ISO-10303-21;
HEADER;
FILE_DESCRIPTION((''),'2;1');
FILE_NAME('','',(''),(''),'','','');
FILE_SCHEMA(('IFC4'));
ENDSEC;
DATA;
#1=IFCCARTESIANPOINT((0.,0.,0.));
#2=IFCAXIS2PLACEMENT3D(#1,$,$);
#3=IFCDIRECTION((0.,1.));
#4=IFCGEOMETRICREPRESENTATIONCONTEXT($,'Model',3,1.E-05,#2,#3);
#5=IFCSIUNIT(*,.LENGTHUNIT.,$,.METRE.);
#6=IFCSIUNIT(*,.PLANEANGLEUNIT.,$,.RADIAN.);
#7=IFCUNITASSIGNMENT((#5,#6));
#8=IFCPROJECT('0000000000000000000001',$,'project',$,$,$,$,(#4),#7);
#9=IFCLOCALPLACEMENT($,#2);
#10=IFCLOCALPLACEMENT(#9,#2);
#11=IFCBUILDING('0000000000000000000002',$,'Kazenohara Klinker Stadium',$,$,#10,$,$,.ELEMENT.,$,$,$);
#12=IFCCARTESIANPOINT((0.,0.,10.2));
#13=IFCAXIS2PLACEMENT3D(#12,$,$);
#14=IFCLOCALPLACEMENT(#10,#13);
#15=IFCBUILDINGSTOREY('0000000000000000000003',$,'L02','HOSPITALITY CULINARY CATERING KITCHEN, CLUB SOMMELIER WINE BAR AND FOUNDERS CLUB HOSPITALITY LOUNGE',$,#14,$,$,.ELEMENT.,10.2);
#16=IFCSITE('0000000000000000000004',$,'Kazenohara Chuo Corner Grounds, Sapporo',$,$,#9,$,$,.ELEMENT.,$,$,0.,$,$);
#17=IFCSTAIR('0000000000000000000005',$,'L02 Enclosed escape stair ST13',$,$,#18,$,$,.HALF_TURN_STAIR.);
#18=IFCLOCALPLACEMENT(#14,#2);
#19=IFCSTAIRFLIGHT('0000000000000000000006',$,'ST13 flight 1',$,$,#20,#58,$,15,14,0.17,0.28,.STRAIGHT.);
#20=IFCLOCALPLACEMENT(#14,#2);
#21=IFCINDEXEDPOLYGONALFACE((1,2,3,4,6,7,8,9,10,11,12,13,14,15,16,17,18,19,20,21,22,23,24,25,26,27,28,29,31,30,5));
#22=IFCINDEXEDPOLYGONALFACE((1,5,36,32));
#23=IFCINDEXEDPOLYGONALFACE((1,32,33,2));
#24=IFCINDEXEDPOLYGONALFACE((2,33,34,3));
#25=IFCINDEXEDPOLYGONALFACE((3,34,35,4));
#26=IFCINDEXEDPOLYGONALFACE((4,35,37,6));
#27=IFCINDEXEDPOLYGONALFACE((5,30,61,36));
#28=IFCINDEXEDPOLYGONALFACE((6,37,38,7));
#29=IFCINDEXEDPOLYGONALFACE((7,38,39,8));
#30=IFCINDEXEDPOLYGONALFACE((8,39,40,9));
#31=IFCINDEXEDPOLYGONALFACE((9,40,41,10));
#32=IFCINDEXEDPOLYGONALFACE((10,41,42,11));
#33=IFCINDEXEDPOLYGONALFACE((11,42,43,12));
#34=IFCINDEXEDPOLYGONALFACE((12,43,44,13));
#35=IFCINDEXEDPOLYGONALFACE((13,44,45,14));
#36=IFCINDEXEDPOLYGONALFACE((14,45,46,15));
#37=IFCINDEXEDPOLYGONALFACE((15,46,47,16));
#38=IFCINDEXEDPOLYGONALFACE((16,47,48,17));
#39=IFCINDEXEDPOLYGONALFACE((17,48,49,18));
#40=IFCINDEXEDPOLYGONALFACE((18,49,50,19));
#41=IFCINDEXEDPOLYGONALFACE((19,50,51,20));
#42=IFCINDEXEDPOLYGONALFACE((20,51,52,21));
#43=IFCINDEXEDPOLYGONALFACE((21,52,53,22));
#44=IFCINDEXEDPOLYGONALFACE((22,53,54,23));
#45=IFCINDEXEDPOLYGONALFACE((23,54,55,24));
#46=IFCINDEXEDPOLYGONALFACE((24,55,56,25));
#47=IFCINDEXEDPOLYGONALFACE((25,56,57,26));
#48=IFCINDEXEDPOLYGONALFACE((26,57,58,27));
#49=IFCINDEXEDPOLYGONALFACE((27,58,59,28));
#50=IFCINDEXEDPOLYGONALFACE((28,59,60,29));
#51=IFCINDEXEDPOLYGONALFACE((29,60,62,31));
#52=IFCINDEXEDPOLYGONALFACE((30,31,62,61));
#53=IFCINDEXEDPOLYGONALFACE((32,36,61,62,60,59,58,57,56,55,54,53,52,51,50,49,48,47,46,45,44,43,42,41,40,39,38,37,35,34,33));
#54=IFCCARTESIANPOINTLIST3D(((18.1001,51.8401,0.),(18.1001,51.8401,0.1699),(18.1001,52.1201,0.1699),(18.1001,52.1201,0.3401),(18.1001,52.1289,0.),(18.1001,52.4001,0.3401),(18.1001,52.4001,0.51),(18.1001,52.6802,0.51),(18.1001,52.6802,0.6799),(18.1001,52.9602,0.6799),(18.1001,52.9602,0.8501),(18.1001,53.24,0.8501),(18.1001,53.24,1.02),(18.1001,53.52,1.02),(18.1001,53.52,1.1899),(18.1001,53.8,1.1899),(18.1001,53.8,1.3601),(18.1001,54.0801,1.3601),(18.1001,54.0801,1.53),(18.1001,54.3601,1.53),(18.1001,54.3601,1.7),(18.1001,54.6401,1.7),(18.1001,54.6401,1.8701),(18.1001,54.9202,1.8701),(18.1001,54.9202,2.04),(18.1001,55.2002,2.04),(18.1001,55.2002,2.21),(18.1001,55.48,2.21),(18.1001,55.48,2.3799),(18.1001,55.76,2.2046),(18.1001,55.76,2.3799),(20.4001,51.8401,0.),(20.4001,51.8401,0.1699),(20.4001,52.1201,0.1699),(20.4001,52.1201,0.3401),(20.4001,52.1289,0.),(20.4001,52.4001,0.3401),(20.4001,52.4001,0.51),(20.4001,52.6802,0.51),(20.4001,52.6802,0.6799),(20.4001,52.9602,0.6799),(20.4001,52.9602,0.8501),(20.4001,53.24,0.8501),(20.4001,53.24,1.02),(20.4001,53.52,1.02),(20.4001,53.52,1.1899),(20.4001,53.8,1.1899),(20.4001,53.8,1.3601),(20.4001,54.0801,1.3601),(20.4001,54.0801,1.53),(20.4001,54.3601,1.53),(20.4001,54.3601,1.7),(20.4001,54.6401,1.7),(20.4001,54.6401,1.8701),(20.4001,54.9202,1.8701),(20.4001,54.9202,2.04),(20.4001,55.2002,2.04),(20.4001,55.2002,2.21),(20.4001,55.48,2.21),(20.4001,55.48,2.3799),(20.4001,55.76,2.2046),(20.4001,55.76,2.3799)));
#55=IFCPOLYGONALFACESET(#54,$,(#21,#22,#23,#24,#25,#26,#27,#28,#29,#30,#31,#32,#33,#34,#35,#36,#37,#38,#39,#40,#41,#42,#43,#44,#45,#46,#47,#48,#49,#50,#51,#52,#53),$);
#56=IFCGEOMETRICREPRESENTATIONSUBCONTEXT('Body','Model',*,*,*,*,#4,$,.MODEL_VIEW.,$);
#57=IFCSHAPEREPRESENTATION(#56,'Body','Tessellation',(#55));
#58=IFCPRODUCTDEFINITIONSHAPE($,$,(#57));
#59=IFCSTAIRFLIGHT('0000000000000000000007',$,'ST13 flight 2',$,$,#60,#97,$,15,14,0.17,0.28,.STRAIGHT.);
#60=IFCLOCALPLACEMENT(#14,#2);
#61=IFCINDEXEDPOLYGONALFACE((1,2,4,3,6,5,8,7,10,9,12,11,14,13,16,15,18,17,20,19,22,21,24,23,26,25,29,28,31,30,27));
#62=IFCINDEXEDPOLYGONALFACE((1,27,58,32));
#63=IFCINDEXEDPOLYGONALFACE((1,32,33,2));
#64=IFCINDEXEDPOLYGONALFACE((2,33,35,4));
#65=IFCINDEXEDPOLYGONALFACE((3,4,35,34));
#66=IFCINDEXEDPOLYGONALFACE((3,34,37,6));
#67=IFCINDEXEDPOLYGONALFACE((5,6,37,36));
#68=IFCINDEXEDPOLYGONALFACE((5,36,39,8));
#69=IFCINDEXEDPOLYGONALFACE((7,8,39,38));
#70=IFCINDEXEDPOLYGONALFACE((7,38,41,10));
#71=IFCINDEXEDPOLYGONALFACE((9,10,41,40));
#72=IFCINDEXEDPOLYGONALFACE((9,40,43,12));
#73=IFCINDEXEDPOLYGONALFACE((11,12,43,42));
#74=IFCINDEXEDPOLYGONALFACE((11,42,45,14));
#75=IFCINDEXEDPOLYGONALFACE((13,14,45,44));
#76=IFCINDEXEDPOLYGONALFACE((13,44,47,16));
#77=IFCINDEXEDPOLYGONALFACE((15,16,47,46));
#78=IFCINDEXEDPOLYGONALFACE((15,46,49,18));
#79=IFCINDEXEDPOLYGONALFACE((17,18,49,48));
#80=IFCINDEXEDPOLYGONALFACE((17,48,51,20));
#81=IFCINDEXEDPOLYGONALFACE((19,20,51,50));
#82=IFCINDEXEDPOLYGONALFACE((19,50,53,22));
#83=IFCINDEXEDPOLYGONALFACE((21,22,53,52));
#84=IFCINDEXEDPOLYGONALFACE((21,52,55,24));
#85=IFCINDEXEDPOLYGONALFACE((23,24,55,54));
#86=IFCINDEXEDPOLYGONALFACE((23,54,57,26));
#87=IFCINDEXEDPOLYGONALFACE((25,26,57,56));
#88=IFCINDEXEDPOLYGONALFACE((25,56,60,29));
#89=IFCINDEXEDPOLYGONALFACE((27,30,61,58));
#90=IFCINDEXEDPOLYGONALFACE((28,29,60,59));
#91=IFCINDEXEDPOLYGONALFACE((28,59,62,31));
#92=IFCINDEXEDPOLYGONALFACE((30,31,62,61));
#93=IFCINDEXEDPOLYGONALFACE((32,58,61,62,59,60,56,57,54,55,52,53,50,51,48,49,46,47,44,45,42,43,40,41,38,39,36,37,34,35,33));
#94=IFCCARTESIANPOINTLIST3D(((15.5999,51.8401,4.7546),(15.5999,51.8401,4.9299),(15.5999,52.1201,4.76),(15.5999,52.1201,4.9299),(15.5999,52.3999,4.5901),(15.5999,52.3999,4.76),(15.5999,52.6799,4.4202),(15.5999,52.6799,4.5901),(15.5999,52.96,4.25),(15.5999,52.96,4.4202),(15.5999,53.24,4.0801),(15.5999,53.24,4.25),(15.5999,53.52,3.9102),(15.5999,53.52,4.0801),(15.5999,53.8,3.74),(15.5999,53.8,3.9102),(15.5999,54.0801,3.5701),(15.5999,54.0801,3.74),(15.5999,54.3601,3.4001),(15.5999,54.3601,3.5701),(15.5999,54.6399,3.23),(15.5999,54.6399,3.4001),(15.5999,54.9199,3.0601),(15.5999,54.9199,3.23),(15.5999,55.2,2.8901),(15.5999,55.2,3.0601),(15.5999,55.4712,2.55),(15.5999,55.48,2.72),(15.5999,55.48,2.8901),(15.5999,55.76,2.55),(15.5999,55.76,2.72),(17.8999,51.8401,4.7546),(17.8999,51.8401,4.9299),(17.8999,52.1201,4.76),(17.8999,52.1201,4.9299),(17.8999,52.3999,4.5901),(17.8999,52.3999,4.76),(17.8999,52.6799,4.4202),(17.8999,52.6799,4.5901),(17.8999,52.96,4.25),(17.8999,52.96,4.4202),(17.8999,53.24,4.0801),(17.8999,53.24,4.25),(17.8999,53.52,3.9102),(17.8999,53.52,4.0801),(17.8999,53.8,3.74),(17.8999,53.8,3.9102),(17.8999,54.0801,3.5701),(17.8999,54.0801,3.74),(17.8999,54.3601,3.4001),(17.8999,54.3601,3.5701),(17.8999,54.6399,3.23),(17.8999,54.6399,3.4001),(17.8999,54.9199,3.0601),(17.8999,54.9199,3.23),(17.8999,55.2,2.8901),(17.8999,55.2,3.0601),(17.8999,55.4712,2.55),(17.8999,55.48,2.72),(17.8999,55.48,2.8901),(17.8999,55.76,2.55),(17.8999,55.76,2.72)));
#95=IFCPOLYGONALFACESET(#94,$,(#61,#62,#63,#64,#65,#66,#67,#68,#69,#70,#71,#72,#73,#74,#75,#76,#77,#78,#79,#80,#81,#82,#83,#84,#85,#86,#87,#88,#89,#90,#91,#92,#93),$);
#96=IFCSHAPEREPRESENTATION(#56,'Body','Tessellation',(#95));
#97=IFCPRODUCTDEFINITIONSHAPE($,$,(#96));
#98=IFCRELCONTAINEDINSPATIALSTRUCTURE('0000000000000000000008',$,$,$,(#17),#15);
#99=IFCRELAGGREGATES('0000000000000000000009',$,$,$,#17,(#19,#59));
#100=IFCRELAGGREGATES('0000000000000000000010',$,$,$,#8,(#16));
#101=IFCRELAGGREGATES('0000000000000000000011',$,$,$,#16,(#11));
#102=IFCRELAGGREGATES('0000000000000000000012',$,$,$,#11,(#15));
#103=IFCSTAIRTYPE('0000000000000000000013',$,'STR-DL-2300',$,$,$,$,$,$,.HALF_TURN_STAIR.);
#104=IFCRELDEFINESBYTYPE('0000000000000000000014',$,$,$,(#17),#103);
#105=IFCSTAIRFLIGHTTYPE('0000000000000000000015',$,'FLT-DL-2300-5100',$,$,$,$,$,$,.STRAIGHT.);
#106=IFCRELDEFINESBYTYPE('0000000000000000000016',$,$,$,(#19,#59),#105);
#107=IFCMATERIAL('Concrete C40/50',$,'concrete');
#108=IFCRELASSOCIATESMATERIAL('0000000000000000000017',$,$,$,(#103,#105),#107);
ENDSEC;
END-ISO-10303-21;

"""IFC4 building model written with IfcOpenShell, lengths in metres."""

from ifc_helpers import new_model, si_unit, direction, frame, origin, place, context, subcontext, project, spatial, polyline, outline, extrude, material, type_object, element, aggregate, save


model = new_model("IFC4")

# Units and contexts
model_context = context("Model", 3, precision=1e-05, world=origin(), true_north=direction((0.0, 1.0)))
body_context = subcontext(model_context, "Body", "Model", "MODEL_VIEW")
ifc_project = project(units=[si_unit("LENGTHUNIT", "METRE"), si_unit("PLANEANGLEUNIT", "RADIAN")], contexts=[model_context])

# Site, building, storey
site_placement = place(None, origin())
site = spatial("IfcSite", under=ifc_project, at=site_placement, Name="Kazenohara Chuo Corner Grounds, Sapporo", CompositionType="ELEMENT", RefElevation=0.0)
building_placement = place(site_placement, origin())
building = spatial("IfcBuilding", under=site, at=building_placement, Name="Kazenohara Klinker Stadium", CompositionType="ELEMENT")
storey_placement = place(building_placement, frame((0.0, 0.0, 10.2)))
storey = spatial("IfcBuildingStorey", under=building, at=storey_placement, Name="L02", Description="HOSPITALITY CULINARY CATERING KITCHEN, CLUB SOMMELIER WINE BAR AND FOUNDERS CLUB HOSPITALITY LOUNGE", CompositionType="ELEMENT", Elevation=10.2)

# Shared definitions
ifc_material_1 = material(Name="Concrete C40/50", Category="concrete")

# Stair, stair flights
stair_type = type_object("IfcStairType", Name="STR-DL-2300", PredefinedType="HALF_TURN_STAIR", material=ifc_material_1)
stair_placement = place(storey_placement, origin())
stair = element("IfcStair", 1, at=stair_placement, inside=storey, type_object=stair_type, Name="L02 Enclosed escape stair ST13", PredefinedType="HALF_TURN_STAIR")
stair_flight_type = type_object("IfcStairFlightType", Name="FLT-DL-2300-5100", PredefinedType="STRAIGHT", material=ifc_material_1)
stair_flight_1_placement = place(storey_placement, frame((19.25, 51.8401, 0.0), z_axis=(0.0, 0.0, 1.0), x_axis=(0.0, 1.0, 0.0)))
stair_flight_1 = element("IfcStairFlight", 2, at=stair_flight_1_placement, type_object=stair_flight_type, Name="ST13 flight 1", NumberOfRisers=15, NumberOfTreads=14, PredefinedType="STRAIGHT", RiserHeight=0.17, TreadLength=0.28, context=body_context, shape_type="SweptSolid", body=[
    extrude(outline(polyline([(0.0, 0.0), (0.0, 0.1699), (0.28, 0.1699), (0.28, 0.3401), (0.5601, 0.3401), (0.5601, 0.51), (0.8401, 0.51), (0.8401, 0.6799), (1.1201, 0.6799), (1.1201, 0.8501), (1.3999, 0.8501), (1.3999, 1.02), (1.6799, 1.02), (1.6799, 1.1899), (1.96, 1.1899), (1.96, 1.3601), (2.24, 1.3601), (2.24, 1.53), (2.52, 1.53), (2.52, 1.7), (2.8, 1.7), (2.8, 1.8701), (3.0801, 1.8701), (3.0801, 2.04), (3.3601, 2.04), (3.3601, 2.21), (3.6399, 2.21), (3.6399, 2.3799), (3.9199, 2.3799), (3.9199, 2.55), (3.9199, 2.2046), (0.2888, 0.0), (0.0, 0.0)])), frame((0.0, 1.1499, 0.0), z_axis=(0.0, -1.0, 0.0), x_axis=(1.0, 0.0, 0.0)), (0.0, 0.0, 1.0), 2.3),
])
stair_flight_2_placement = place(storey_placement, frame((16.75, 55.76, 2.55), z_axis=(0.0, 0.0, 1.0), x_axis=(0.0, -1.0, 0.0)))
stair_flight_2 = element("IfcStairFlight", 3, at=stair_flight_2_placement, type_object=stair_flight_type, Name="ST13 flight 2", NumberOfRisers=15, NumberOfTreads=14, PredefinedType="STRAIGHT", RiserHeight=0.17, TreadLength=0.28, context=body_context, shape_type="SweptSolid", body=[
    extrude(outline(polyline([(0.0, 0.0), (0.0, 0.1699), (0.28, 0.1699), (0.28, 0.3401), (0.5601, 0.3401), (0.5601, 0.51), (0.8401, 0.51), (0.8401, 0.6799), (1.1201, 0.6799), (1.1201, 0.8501), (1.3999, 0.8501), (1.3999, 1.02), (1.6799, 1.02), (1.6799, 1.1899), (1.96, 1.1899), (1.96, 1.3601), (2.24, 1.3601), (2.24, 1.53), (2.52, 1.53), (2.52, 1.7), (2.8, 1.7), (2.8, 1.8701), (3.0801, 1.8701), (3.0801, 2.04), (3.3601, 2.04), (3.3601, 2.21), (3.6399, 2.21), (3.6399, 2.3799), (3.9199, 2.3799), (3.9199, 2.55), (3.9199, 2.2046), (0.2888, 0.0), (0.0, 0.0)])), frame((0.0, 1.1499, 0.0), z_axis=(0.0, -1.0, 0.0), x_axis=(1.0, 0.0, 0.0)), (0.0, 0.0, 1.0), 2.3),
])
aggregate(stair, [stair_flight_1, stair_flight_2])

save(model, "model.ifc")
